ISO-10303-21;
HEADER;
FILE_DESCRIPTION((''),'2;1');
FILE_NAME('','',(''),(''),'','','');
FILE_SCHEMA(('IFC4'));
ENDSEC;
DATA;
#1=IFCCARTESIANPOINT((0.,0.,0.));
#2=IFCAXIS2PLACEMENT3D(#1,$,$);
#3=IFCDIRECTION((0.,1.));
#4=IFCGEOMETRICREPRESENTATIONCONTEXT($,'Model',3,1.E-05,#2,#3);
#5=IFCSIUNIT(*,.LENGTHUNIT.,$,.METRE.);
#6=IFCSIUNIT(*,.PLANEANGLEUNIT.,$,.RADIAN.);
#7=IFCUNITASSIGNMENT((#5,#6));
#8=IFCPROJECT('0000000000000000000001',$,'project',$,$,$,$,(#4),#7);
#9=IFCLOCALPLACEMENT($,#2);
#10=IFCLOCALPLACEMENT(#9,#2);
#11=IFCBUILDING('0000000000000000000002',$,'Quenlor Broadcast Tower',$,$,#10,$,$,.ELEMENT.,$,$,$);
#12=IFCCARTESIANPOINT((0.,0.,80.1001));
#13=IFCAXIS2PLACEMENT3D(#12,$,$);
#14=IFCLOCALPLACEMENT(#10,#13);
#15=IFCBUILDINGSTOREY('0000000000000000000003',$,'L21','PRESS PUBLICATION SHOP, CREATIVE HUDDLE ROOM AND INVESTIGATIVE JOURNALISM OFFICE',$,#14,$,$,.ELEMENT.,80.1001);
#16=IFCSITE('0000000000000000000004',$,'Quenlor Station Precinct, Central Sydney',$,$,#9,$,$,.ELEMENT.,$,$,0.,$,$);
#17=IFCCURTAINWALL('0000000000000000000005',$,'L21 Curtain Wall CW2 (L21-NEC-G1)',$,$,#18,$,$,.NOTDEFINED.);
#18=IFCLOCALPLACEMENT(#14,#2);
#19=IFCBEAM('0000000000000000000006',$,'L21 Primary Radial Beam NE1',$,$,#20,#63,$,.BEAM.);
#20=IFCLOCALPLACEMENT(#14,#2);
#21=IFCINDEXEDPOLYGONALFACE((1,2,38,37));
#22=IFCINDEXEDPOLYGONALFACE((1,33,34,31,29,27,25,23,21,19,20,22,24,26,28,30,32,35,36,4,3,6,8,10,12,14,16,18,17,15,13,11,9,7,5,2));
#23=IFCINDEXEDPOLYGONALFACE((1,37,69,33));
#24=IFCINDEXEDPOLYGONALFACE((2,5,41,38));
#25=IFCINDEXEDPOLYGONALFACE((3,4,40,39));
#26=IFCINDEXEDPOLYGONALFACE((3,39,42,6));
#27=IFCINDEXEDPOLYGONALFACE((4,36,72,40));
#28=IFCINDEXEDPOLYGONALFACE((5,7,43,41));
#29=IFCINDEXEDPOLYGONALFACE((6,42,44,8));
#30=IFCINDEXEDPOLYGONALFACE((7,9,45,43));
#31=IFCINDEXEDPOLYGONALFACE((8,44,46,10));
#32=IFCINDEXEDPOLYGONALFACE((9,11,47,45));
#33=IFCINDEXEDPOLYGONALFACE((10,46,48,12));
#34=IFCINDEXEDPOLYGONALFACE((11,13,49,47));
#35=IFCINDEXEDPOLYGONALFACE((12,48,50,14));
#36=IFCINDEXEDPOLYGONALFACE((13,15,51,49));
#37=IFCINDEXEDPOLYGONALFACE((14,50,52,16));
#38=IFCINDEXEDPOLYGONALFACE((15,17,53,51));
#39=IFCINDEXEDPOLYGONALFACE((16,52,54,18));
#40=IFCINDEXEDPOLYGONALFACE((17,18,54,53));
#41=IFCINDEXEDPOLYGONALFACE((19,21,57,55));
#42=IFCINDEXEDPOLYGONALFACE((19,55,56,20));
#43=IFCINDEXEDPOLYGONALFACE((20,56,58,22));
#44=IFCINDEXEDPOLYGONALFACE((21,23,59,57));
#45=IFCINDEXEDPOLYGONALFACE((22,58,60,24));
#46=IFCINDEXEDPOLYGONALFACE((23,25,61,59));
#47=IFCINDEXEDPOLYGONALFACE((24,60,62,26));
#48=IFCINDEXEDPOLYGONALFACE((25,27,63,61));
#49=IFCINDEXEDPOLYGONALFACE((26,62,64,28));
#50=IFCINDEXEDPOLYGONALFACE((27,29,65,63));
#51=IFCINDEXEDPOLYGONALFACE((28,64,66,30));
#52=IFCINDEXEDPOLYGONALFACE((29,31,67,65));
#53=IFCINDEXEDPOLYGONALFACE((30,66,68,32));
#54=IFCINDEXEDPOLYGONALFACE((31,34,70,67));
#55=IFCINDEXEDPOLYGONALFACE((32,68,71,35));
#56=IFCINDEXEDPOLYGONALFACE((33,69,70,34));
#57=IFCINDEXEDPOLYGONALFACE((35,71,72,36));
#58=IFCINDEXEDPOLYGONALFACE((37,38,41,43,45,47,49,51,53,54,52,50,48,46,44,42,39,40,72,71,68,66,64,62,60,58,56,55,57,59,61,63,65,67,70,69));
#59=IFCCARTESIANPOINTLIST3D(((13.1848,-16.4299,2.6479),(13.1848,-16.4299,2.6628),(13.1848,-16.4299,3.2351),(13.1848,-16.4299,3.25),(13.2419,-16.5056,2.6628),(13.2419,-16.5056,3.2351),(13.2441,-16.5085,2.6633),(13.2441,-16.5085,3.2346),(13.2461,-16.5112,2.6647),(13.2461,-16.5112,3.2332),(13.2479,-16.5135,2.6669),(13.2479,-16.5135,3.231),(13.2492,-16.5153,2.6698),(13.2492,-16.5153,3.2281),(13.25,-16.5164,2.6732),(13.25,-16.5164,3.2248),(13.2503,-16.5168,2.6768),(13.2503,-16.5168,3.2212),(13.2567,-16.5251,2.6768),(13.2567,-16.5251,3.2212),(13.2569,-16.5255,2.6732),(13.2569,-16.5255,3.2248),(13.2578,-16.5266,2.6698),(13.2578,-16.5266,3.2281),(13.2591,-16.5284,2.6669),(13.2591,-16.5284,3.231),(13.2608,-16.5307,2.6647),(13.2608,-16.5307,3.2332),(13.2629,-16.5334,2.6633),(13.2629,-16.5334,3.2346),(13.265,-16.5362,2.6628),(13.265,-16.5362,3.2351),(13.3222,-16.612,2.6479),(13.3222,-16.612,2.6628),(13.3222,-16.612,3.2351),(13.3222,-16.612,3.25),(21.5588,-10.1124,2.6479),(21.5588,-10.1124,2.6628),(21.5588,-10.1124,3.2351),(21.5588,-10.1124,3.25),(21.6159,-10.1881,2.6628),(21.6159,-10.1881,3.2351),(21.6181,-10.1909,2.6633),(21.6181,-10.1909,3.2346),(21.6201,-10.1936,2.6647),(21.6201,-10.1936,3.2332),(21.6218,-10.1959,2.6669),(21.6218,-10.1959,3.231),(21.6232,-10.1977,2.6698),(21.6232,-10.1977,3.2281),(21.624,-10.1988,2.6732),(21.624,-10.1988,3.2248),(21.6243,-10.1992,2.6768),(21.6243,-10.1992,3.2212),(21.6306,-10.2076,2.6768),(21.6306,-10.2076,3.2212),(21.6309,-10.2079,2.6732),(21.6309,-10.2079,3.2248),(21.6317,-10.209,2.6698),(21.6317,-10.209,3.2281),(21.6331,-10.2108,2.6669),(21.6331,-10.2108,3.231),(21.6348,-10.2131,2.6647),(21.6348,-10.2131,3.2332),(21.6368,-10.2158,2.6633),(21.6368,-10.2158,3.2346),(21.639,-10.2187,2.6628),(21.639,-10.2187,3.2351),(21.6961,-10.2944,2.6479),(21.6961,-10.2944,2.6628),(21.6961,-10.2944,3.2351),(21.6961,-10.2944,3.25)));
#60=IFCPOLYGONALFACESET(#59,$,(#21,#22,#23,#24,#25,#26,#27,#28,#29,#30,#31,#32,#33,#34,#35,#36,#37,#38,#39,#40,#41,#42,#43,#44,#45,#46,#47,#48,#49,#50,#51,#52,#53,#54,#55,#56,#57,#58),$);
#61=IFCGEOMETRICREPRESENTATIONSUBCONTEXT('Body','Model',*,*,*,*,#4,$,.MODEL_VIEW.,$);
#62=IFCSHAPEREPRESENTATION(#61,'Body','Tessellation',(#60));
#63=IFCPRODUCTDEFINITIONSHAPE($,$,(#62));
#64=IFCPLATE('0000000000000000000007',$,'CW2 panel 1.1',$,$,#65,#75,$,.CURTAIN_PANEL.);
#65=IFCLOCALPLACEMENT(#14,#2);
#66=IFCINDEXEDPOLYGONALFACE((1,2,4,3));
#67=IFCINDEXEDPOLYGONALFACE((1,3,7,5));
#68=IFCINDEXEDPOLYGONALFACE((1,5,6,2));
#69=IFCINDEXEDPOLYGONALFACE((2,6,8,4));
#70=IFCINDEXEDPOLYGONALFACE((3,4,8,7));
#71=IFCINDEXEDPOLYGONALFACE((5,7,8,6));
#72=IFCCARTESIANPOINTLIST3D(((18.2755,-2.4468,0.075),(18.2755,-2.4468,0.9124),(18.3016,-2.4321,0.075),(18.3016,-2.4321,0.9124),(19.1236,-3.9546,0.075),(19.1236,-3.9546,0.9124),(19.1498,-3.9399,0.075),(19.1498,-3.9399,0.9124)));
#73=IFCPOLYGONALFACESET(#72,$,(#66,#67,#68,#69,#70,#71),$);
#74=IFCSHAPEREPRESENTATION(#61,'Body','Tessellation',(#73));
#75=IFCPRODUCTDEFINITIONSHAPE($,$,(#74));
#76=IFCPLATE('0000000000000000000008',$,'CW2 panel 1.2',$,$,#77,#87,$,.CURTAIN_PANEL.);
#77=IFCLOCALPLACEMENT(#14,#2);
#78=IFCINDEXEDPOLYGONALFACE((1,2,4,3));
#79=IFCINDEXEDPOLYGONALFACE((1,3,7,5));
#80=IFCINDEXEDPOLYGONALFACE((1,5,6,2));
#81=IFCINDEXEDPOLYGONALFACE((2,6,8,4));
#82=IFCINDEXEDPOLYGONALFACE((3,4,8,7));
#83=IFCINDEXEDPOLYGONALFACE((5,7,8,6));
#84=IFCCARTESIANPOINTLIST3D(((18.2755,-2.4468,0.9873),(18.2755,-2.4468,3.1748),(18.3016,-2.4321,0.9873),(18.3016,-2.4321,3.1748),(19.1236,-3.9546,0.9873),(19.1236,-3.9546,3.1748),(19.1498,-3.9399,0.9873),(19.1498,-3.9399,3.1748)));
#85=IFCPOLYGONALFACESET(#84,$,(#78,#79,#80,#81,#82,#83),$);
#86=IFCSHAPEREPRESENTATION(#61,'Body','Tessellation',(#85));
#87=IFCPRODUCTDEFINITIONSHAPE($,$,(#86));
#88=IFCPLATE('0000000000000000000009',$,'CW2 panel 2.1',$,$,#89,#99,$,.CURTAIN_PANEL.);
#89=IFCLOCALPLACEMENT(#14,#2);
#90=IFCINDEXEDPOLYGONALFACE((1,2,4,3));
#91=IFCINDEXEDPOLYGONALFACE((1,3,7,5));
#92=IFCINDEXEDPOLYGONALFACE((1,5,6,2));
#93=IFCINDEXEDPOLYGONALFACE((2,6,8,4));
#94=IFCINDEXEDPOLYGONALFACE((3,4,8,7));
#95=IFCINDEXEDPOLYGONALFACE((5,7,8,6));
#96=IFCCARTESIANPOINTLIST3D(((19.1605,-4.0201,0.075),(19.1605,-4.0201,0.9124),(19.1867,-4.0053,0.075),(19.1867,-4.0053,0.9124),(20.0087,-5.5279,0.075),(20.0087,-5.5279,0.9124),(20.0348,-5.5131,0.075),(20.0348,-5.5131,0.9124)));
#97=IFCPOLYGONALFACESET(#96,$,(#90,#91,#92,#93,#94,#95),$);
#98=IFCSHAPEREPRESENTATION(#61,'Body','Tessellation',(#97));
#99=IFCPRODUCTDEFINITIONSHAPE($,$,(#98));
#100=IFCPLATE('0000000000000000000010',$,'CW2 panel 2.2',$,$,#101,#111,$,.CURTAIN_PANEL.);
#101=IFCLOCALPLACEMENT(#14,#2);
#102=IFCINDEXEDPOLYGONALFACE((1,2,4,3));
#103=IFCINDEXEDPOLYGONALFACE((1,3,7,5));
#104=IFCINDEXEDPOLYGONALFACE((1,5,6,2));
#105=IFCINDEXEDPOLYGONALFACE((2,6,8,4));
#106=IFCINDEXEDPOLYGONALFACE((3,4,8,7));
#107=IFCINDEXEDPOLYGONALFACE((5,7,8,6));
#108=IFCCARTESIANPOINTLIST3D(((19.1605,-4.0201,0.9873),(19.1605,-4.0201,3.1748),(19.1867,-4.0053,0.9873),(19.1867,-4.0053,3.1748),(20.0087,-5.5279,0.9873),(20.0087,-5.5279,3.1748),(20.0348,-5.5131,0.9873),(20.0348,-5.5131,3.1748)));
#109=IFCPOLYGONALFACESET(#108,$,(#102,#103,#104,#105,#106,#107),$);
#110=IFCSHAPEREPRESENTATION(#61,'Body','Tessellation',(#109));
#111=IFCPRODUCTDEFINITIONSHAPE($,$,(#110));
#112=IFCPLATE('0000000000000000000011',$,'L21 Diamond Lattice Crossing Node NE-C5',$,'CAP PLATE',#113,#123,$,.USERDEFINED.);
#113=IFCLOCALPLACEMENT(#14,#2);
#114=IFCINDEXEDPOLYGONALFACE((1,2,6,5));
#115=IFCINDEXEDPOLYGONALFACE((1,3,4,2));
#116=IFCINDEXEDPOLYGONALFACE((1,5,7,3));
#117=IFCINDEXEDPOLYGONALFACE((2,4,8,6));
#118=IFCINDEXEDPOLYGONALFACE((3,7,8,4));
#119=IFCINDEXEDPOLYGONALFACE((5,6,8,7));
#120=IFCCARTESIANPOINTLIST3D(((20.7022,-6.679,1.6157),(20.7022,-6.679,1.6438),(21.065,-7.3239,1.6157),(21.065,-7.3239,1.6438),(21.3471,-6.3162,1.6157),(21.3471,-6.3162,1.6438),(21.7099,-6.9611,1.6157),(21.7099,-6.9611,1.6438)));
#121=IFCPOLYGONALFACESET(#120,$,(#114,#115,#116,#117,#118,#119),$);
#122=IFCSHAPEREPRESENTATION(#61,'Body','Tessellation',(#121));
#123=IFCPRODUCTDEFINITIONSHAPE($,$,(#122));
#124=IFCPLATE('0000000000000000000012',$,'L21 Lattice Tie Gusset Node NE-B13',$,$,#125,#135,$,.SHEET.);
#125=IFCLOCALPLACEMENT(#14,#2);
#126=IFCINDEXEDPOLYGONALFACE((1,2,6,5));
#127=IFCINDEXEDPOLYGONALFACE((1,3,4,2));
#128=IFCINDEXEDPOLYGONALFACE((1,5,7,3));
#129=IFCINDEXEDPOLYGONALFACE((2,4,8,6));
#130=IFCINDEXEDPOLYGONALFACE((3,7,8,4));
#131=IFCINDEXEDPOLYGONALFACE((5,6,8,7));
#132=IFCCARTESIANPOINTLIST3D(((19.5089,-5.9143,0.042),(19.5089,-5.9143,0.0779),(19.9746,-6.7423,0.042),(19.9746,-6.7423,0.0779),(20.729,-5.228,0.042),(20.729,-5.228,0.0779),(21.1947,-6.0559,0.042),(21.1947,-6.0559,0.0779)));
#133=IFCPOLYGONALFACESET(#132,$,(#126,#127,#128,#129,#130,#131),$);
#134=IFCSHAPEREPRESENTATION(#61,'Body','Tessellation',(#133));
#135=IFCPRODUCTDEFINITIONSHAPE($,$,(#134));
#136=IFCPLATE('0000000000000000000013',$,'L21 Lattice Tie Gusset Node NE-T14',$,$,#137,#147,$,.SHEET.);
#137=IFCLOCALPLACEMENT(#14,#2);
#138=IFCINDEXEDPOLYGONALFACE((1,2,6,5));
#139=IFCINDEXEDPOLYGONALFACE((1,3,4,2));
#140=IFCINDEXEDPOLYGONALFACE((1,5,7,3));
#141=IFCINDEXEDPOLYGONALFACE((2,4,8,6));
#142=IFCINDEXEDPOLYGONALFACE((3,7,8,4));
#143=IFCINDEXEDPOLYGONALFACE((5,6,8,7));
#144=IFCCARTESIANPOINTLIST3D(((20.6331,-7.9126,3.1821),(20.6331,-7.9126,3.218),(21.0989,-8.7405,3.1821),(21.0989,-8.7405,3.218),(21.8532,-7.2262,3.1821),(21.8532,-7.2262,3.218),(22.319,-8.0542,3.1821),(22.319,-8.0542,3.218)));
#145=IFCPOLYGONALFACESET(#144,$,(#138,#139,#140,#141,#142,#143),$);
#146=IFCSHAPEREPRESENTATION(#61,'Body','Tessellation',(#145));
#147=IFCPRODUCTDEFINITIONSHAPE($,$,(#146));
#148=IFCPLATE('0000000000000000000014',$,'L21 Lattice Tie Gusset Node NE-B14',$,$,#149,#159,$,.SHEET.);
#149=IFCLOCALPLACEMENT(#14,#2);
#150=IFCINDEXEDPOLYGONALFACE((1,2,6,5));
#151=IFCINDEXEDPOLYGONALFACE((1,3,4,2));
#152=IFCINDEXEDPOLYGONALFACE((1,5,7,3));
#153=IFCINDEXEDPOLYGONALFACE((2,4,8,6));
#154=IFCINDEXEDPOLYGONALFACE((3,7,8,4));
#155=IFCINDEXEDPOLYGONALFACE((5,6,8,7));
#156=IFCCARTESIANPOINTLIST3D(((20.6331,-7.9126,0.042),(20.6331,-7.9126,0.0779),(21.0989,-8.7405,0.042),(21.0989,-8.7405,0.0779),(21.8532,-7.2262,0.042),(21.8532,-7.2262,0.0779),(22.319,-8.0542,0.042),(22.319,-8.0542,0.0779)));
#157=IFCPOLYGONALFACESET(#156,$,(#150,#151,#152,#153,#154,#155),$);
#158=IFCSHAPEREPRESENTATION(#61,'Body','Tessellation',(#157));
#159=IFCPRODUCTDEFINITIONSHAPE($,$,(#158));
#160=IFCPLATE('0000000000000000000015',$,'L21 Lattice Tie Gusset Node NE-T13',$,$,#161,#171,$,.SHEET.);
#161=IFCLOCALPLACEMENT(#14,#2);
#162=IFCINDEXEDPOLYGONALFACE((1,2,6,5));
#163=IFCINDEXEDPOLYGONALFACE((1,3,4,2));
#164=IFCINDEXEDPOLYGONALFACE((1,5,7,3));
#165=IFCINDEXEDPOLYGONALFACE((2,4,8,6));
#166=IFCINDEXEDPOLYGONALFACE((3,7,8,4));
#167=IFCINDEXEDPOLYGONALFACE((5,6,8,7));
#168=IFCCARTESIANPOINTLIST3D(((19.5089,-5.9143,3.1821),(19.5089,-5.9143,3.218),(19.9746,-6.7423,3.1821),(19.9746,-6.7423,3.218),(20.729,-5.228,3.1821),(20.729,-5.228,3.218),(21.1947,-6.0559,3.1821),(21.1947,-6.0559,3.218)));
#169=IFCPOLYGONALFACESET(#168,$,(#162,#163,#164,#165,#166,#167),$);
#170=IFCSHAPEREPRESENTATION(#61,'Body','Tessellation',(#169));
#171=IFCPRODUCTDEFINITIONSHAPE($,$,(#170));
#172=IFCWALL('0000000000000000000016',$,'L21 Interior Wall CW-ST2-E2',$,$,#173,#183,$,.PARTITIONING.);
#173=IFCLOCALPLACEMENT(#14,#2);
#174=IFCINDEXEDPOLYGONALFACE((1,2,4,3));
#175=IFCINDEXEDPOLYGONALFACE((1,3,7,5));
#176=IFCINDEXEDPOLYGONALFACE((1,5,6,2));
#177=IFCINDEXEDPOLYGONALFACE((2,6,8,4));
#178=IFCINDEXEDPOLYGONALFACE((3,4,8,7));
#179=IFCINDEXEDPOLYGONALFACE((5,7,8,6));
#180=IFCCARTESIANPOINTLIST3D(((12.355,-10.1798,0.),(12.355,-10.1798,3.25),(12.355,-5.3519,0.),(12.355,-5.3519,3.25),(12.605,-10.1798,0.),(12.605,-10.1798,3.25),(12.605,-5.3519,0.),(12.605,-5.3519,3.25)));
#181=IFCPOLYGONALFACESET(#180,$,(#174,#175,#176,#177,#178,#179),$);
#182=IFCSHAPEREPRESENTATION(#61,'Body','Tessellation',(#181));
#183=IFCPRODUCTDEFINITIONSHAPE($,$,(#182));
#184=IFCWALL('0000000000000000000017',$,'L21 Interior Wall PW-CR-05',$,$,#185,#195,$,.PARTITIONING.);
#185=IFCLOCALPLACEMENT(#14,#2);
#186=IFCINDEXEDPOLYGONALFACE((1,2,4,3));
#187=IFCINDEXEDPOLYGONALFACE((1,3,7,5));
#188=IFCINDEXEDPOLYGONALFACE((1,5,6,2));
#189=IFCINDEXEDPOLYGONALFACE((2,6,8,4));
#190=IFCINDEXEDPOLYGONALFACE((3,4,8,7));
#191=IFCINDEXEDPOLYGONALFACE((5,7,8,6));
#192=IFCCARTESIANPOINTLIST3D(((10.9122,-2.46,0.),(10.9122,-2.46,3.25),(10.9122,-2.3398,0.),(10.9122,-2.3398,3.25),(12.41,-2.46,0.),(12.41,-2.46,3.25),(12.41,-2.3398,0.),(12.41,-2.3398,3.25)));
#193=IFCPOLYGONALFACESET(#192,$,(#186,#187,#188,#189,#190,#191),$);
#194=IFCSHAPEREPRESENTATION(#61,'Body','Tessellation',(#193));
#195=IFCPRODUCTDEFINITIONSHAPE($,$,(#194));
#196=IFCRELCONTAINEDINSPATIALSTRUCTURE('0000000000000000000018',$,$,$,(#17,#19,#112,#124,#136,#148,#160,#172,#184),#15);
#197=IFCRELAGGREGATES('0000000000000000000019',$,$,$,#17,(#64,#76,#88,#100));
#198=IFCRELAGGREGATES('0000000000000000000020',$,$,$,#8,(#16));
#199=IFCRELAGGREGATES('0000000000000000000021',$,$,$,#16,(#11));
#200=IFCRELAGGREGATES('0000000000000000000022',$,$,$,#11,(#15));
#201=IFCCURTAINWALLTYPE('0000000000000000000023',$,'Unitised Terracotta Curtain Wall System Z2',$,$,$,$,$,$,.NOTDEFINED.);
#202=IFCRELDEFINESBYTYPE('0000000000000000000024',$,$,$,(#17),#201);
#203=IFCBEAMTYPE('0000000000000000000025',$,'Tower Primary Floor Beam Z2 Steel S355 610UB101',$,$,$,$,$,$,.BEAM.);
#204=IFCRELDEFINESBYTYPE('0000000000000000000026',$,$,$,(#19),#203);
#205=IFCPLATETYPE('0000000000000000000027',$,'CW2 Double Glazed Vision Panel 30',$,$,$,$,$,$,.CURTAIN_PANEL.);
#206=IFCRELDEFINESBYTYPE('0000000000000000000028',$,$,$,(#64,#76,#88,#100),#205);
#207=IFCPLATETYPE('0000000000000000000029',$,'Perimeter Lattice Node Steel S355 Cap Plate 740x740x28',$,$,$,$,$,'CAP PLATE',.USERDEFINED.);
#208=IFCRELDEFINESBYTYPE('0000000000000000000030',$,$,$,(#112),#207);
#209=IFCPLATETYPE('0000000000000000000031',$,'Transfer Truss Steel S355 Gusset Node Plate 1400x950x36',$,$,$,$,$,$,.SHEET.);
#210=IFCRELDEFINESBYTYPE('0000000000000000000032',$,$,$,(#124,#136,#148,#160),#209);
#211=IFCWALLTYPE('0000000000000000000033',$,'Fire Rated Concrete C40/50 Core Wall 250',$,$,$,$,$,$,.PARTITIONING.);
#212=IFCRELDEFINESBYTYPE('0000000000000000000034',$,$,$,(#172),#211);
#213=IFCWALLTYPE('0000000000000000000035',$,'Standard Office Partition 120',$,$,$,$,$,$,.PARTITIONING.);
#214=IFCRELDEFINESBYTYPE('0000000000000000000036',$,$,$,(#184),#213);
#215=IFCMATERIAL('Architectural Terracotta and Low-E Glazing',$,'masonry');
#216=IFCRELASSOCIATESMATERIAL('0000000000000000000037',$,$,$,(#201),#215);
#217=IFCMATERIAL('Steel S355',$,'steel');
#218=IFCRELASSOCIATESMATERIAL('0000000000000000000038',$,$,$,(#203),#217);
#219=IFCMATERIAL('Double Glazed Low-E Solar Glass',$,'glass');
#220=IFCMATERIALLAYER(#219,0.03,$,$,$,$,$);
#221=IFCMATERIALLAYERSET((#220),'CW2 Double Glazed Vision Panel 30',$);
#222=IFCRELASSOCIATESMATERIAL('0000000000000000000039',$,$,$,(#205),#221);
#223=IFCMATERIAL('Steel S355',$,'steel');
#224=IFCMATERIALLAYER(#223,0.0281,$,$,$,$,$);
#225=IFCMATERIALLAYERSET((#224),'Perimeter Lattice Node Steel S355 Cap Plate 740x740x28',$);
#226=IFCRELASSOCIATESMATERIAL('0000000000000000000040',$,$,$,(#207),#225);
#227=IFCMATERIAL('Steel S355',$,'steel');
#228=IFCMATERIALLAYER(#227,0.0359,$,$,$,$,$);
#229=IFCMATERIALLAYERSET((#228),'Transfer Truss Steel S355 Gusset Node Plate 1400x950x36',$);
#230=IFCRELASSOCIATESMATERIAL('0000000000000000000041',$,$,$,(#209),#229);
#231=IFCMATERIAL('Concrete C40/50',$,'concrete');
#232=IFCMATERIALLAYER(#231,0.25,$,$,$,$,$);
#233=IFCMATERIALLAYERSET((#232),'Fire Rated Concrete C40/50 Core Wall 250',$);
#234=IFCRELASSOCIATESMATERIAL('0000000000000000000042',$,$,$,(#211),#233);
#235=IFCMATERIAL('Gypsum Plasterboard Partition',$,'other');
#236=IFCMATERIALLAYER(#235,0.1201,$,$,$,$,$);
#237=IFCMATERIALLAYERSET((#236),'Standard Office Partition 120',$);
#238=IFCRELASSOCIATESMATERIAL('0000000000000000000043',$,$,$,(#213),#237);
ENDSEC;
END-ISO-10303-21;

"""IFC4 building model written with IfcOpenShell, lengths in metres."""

from ifc_helpers import new_model, si_unit, direction, frame, frame_2d, origin, origin_2d, place, context, subcontext, project, spatial, rectangle, i_section, extrude, material, layer, layer_set, material_profile, profile_set, type_object, element, aggregate, save


model = new_model("IFC4")

# Units and contexts
model_context = context("Model", 3, precision=1e-05, world=origin(), true_north=direction((0.0, 1.0)))
body_context = subcontext(model_context, "Body", "Model", "MODEL_VIEW")
ifc_project = project(units=[si_unit("LENGTHUNIT", "METRE"), si_unit("PLANEANGLEUNIT", "RADIAN")], contexts=[model_context])

# Site, building, storey
site_placement = place(None, origin())
site = spatial("IfcSite", under=ifc_project, at=site_placement, Name="Quenlor Station Precinct, Central Sydney", CompositionType="ELEMENT", RefElevation=0.0)
building_placement = place(site_placement, origin())
building = spatial("IfcBuilding", under=site, at=building_placement, Name="Quenlor Broadcast Tower", CompositionType="ELEMENT")
storey_placement = place(building_placement, frame((0.0, 0.0, 80.1001)))
storey = spatial("IfcBuildingStorey", under=building, at=storey_placement, Name="L21", Description="PRESS PUBLICATION SHOP, CREATIVE HUDDLE ROOM AND INVESTIGATIVE JOURNALISM OFFICE", CompositionType="ELEMENT", Elevation=80.1001)

# Curtain wall
ifc_material_1 = material(Name="Architectural Terracotta and Low-E Glazing", Category="masonry")
curtain_wall_type = type_object("IfcCurtainWallType", Name="Unitised Terracotta Curtain Wall System Z2", PredefinedType="NOTDEFINED", material=ifc_material_1)
curtain_wall_placement = place(storey_placement, origin())
curtain_wall = element("IfcCurtainWall", 1, at=curtain_wall_placement, inside=storey, type_object=curtain_wall_type, Name="L21 Curtain Wall CW2 (L21-NEC-G1)", PredefinedType="NOTDEFINED")

# Beam
ifc_material_2 = material(Name="Steel S355", Category="steel")
ifc_material_profile_1 = material_profile(ifc_material_2, i_section(OverallWidth=0.228, OverallDepth=0.6021, WebThickness=0.0105, FlangeThickness=0.0149, FilletRadius=0.0139, at=origin_2d()))
ifc_profile_set_1 = profile_set([ifc_material_profile_1], Name="Steel S355 610UB101")
beam_type_1 = type_object("IfcBeamType", Name="Tower Primary Floor Beam Z2 Steel S355 610UB101", PredefinedType="BEAM", material=ifc_profile_set_1)
beam_1_placement = place(storey_placement, frame((21.6274, -10.2034, 2.949), z_axis=(-0.798299, -0.602262, 0.0), x_axis=(0.602262, -0.798299, 0.0)))
element("IfcBeam", 2, at=beam_1_placement, inside=storey, type_object=beam_type_1, Name="L21 Primary Radial Beam NE1", PredefinedType="BEAM", context=body_context, shape_type="SweptSolid", body=[
    extrude(i_section(OverallWidth=0.228, OverallDepth=0.6021, WebThickness=0.0105, FlangeThickness=0.0149, FilletRadius=0.0139, at=origin_2d()), origin(), (0.0, 0.0, 1.0), 10.4897),
])

# Plates
ifc_material_3 = material(Name="Double Glazed Low-E Solar Glass", Category="glass")
ifc_layer_1 = layer(ifc_material_3, 0.03)
ifc_layer_set_1 = layer_set([ifc_layer_1], Name="CW2 Double Glazed Vision Panel 30")
plate_type_1 = type_object("IfcPlateType", Name="CW2 Double Glazed Vision Panel 30", PredefinedType="CURTAIN_PANEL", material=ifc_layer_set_1)
plate_1_placement = place(storey_placement, frame((18.7126, -3.1934, 0.075), z_axis=(0.0, 0.0, 1.0), x_axis=(0.490277, -0.871567, 0.0)))
plate_1 = element("IfcPlate", 3, at=plate_1_placement, type_object=plate_type_1, Name="CW2 panel 1.1", PredefinedType="CURTAIN_PANEL", context=body_context, shape_type="SweptSolid", body=[
    extrude(rectangle(XDim=1.73, YDim=0.03, at=origin_2d()), origin(), (0.0, 0.0, 1.0), 0.8374),
])
plate_2_placement = place(storey_placement, frame((18.7126, -3.1934, 0.9873), z_axis=(0.0, 0.0, 1.0), x_axis=(0.490277, -0.871567, 0.0)))
plate_2 = element("IfcPlate", 4, at=plate_2_placement, type_object=plate_type_1, Name="CW2 panel 1.2", PredefinedType="CURTAIN_PANEL", context=body_context, shape_type="SweptSolid", body=[
    extrude(rectangle(XDim=1.73, YDim=0.03, at=origin_2d()), origin(), (0.0, 0.0, 1.0), 2.1875),
])
plate_3_placement = place(storey_placement, frame((19.5977, -4.7666, 0.075), z_axis=(0.0, 0.0, 1.0), x_axis=(0.490277, -0.871567, 0.0)))
plate_3 = element("IfcPlate", 5, at=plate_3_placement, type_object=plate_type_1, Name="CW2 panel 2.1", PredefinedType="CURTAIN_PANEL", context=body_context, shape_type="SweptSolid", body=[
    extrude(rectangle(XDim=1.73, YDim=0.03, at=origin_2d()), origin(), (0.0, 0.0, 1.0), 0.8374),
])
plate_4_placement = place(storey_placement, frame((19.5977, -4.7666, 0.9873), z_axis=(0.0, 0.0, 1.0), x_axis=(0.490277, -0.871567, 0.0)))
plate_4 = element("IfcPlate", 6, at=plate_4_placement, type_object=plate_type_1, Name="CW2 panel 2.2", PredefinedType="CURTAIN_PANEL", context=body_context, shape_type="SweptSolid", body=[
    extrude(rectangle(XDim=1.73, YDim=0.03, at=origin_2d()), origin(), (0.0, 0.0, 1.0), 2.1875),
])
aggregate(curtain_wall, [plate_1, plate_2, plate_3, plate_4])

# Plates
ifc_material_4 = material(Name="Steel S355", Category="steel")
ifc_layer_2 = layer(ifc_material_4, 0.0281)
ifc_layer_set_2 = layer_set([ifc_layer_2], Name="Perimeter Lattice Node Steel S355 Cap Plate 740x740x28")
plate_type_2 = type_object("IfcPlateType", Name="Perimeter Lattice Node Steel S355 Cap Plate 740x740x28", ElementType="CAP PLATE", PredefinedType="USERDEFINED", material=ifc_layer_set_2)
plate_5_placement = place(storey_placement, frame((21.2061, -6.8201, 1.6157), z_axis=(0.0, 0.0, 1.0), x_axis=(0.490295, -0.871556, 0.0)))
element("IfcPlate", 7, at=plate_5_placement, inside=storey, type_object=plate_type_2, Name="L21 Diamond Lattice Crossing Node NE-C5", ObjectType="CAP PLATE", PredefinedType="USERDEFINED", context=body_context, shape_type="SweptSolid", body=[
    extrude(rectangle(XDim=0.74, YDim=0.74, at=origin_2d()), origin(), (0.0, 0.0, 1.0), 0.0281),
])
ifc_material_5 = material(Name="Steel S355", Category="steel")
ifc_layer_3 = layer(ifc_material_5, 0.0359)
ifc_layer_set_3 = layer_set([ifc_layer_3], Name="Transfer Truss Steel S355 Gusset Node Plate 1400x950x36")
plate_type_3 = type_object("IfcPlateType", Name="Transfer Truss Steel S355 Gusset Node Plate 1400x950x36", PredefinedType="SHEET", material=ifc_layer_set_3)
for number, where, z_axis, x_axis, name in (
    (8, (20.3518, -5.9851, 0.042), (0.0, 0.0, 1.0), (0.871556, 0.490295, 0.0), "L21 Lattice Tie Gusset Node NE-B13"),
    (9, (21.4761, -7.9834, 3.1821), (0.0, 0.0, 1.0), (0.871556, 0.490295, 0.0), "L21 Lattice Tie Gusset Node NE-T14"),
    (10, (21.4761, -7.9834, 0.042), (0.0, 0.0, 1.0), (0.871556, 0.490295, 0.0), "L21 Lattice Tie Gusset Node NE-B14"),
    (11, (20.3518, -5.9851, 3.1821), (0.0, 0.0, 1.0), (0.871556, 0.490295, 0.0), "L21 Lattice Tie Gusset Node NE-T13"),
):
    element("IfcPlate", number, at=place(storey_placement, frame(where, z_axis=z_axis, x_axis=x_axis)), inside=storey, type_object=plate_type_3, Name=name, PredefinedType="SHEET", context=body_context, shape_type="SweptSolid", body=[
        extrude(rectangle(XDim=1.3999, YDim=0.95, at=origin_2d()), origin(), (0.0, 0.0, 1.0), 0.0359),
    ])

# Walls
ifc_material_6 = material(Name="Concrete C40/50", Category="concrete")
ifc_layer_4 = layer(ifc_material_6, 0.25)
ifc_layer_set_4 = layer_set([ifc_layer_4], Name="Fire Rated Concrete C40/50 Core Wall 250")
wall_type_1 = type_object("IfcWallType", Name="Fire Rated Concrete C40/50 Core Wall 250", PredefinedType="PARTITIONING", material=ifc_layer_set_4)
wall_1_placement = place(storey_placement, frame((12.48, -10.1799, 0.0), z_axis=(0.0, 0.0, 1.0), x_axis=(0.0, 1.0, 0.0)))
element("IfcWall", 12, at=wall_1_placement, inside=storey, type_object=wall_type_1, Name="L21 Interior Wall CW-ST2-E2", PredefinedType="PARTITIONING", context=body_context, shape_type="SweptSolid", body=[
    extrude(rectangle(XDim=4.8279, YDim=0.25, at=frame_2d((2.4141, 0.0))), origin(), (0.0, 0.0, 1.0), 3.25),
])
ifc_material_7 = material(Name="Gypsum Plasterboard Partition", Category="other")
ifc_layer_5 = layer(ifc_material_7, 0.1201)
ifc_layer_set_5 = layer_set([ifc_layer_5], Name="Standard Office Partition 120")
wall_type_2 = type_object("IfcWallType", Name="Standard Office Partition 120", PredefinedType="PARTITIONING", material=ifc_layer_set_5)
wall_2_placement = place(storey_placement, frame((10.9121, -2.3999, 0.0), z_axis=(0.0, 0.0, 1.0), x_axis=(1.0, 0.0, 0.0)))
element("IfcWall", 13, at=wall_2_placement, inside=storey, type_object=wall_type_2, Name="L21 Interior Wall PW-CR-05", PredefinedType="PARTITIONING", context=body_context, shape_type="SweptSolid", body=[
    extrude(rectangle(XDim=1.4978, YDim=0.1201, at=frame_2d((0.749, 0.0))), origin(), (0.0, 0.0, 1.0), 3.25),
])

save(model, "model.ifc")
